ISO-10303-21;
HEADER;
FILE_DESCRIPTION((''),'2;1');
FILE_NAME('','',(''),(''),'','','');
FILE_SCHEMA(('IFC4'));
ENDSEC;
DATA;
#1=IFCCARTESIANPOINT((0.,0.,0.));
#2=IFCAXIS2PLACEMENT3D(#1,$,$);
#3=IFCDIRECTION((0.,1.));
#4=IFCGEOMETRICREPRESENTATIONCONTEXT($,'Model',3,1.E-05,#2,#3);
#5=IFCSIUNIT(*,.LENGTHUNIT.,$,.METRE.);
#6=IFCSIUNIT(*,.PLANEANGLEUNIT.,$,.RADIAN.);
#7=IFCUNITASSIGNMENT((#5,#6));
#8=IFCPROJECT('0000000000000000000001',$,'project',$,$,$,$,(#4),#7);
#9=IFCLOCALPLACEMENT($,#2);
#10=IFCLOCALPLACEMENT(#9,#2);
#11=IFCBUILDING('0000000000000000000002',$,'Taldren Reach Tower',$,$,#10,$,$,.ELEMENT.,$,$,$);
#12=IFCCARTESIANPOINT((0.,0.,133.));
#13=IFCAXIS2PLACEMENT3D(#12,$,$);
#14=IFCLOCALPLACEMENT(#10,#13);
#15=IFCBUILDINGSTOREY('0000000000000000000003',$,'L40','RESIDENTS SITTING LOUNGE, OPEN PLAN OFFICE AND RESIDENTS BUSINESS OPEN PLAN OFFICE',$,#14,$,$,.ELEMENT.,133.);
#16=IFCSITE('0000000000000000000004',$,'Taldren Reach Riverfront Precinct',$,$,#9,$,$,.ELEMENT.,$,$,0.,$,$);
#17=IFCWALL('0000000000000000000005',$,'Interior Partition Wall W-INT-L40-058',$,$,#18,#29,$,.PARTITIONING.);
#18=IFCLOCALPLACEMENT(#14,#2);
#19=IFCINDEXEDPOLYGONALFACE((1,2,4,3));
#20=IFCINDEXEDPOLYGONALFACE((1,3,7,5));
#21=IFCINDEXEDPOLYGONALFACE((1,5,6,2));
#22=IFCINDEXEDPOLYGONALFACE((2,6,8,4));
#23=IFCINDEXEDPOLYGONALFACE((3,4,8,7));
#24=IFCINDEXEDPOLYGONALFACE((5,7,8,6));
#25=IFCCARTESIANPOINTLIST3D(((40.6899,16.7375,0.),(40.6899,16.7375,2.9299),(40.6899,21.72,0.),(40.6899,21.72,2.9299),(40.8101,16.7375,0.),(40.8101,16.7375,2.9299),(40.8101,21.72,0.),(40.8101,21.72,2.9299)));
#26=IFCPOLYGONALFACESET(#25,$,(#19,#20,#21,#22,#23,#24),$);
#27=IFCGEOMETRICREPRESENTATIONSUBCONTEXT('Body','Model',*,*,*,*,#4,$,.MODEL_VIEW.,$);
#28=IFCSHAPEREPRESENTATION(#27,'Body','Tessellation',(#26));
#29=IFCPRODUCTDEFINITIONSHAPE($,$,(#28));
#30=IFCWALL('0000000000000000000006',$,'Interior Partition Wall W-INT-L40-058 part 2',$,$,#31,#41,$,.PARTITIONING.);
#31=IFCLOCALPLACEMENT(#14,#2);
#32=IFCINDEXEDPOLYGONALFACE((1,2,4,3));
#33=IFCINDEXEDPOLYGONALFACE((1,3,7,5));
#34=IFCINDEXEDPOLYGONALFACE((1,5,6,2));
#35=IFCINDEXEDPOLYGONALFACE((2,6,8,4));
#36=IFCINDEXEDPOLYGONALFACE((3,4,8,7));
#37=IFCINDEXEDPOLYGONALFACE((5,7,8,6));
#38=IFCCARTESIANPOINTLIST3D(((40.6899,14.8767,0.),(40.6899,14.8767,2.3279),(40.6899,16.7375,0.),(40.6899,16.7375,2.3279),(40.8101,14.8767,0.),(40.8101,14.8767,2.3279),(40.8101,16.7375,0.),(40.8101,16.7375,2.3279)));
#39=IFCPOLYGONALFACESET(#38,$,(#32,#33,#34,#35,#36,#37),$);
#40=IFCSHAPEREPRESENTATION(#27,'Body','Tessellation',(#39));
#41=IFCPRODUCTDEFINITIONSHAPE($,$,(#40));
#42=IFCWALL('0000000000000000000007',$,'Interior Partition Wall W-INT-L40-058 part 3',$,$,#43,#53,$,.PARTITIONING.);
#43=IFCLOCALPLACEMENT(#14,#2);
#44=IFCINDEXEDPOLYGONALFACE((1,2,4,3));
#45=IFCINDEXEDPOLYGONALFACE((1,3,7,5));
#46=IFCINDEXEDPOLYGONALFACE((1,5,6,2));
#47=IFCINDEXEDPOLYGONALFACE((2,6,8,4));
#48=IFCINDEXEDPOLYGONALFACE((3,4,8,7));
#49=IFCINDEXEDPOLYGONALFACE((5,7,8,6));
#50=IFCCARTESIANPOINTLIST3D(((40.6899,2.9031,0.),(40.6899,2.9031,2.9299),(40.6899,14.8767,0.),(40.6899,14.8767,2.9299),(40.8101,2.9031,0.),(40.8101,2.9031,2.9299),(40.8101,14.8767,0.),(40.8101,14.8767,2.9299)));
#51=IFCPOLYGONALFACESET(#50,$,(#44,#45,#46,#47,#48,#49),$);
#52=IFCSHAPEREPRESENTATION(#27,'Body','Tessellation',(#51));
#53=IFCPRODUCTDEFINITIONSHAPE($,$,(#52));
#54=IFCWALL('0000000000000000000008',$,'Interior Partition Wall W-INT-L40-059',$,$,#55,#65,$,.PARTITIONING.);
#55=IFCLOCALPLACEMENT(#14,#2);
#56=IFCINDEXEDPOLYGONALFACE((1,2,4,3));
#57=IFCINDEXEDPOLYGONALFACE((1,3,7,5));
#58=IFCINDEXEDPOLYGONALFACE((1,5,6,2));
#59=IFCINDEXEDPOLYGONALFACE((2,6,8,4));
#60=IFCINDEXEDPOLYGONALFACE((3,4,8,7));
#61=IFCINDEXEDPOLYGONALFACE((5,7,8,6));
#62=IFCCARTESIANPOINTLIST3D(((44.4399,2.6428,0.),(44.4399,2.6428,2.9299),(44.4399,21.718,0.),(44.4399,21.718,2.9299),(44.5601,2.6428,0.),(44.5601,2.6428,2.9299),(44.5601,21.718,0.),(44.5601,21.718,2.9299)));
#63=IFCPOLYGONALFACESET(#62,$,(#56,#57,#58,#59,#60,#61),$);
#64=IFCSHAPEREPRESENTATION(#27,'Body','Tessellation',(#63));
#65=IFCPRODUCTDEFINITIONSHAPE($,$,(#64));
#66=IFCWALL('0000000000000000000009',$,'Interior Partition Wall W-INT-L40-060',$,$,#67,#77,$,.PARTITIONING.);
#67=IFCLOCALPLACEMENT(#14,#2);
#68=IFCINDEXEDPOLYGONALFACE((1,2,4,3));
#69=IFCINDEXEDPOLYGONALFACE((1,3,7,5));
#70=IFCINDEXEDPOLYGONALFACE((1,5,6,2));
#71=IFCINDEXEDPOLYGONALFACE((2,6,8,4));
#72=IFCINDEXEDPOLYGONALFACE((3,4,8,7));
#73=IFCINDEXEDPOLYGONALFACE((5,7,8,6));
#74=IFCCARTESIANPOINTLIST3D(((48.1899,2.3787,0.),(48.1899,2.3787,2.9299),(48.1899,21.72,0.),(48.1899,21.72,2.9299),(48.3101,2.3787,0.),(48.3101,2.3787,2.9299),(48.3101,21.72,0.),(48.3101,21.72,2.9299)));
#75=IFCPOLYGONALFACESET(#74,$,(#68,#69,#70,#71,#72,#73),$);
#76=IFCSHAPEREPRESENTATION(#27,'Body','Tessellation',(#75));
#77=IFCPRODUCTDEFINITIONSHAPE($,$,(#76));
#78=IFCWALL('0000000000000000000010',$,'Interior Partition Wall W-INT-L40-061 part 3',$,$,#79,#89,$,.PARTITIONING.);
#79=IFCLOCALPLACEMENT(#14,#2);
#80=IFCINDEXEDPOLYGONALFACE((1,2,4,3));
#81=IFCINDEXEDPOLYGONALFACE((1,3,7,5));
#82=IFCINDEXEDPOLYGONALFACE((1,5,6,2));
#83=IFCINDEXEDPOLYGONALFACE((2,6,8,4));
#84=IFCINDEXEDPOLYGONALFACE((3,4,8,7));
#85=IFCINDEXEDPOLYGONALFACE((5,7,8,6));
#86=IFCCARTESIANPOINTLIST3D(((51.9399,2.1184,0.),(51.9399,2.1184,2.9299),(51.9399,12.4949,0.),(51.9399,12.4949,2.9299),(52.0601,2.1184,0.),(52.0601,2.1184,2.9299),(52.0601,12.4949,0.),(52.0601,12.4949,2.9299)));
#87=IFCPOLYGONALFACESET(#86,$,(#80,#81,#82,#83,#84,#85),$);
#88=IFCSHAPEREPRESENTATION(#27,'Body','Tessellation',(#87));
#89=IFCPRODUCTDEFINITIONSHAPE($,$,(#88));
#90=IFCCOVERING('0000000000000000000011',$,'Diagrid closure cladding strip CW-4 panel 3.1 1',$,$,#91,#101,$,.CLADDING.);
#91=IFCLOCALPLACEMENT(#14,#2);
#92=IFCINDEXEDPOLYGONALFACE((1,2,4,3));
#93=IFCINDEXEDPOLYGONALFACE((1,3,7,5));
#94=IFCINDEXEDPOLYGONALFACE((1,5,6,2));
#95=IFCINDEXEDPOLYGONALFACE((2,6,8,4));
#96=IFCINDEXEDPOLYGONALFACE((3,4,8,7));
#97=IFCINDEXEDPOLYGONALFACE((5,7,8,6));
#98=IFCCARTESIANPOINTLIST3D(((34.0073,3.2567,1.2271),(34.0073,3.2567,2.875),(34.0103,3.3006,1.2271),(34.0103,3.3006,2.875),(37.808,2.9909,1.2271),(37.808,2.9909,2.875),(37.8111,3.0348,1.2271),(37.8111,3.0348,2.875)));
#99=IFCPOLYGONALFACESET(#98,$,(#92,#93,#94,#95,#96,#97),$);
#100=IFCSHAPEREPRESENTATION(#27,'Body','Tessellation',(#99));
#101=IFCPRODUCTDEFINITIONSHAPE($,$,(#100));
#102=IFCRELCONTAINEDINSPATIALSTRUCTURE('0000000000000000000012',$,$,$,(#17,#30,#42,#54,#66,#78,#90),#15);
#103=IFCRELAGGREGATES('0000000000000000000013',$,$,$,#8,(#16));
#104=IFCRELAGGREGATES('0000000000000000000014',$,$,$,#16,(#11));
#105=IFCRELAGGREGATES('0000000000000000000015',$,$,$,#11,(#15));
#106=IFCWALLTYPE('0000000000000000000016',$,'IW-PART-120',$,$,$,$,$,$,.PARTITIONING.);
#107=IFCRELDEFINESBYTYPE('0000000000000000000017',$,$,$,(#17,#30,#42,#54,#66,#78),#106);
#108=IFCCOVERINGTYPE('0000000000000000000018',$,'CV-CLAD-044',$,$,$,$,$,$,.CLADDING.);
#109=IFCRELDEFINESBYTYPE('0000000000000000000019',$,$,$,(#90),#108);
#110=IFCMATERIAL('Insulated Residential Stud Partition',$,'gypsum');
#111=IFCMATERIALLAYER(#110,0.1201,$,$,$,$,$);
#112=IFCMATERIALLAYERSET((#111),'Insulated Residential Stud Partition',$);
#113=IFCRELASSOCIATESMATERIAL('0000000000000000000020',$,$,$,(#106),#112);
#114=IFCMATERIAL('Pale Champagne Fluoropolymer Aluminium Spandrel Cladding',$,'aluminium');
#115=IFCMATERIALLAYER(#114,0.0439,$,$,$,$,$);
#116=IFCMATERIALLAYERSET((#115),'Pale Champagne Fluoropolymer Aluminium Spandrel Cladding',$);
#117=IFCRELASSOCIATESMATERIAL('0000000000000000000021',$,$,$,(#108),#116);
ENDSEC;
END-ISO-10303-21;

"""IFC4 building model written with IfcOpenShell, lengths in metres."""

from ifc_helpers import new_model, si_unit, direction, frame, frame_2d, origin, origin_2d, place, context, subcontext, project, spatial, rectangle, extrude, source, transform, mapped, material, layer, layer_set, type_object, element, save


model = new_model("IFC4")

# Units and contexts
model_context = context("Model", 3, precision=1e-05, world=origin(), true_north=direction((0.0, 1.0)))
body_context = subcontext(model_context, "Body", "Model", "MODEL_VIEW")
ifc_project = project(units=[si_unit("LENGTHUNIT", "METRE"), si_unit("PLANEANGLEUNIT", "RADIAN")], contexts=[model_context])

# Site, building, storey
site_placement = place(None, origin())
site = spatial("IfcSite", under=ifc_project, at=site_placement, Name="Taldren Reach Riverfront Precinct", CompositionType="ELEMENT", RefElevation=0.0)
building_placement = place(site_placement, origin())
building = spatial("IfcBuilding", under=site, at=building_placement, Name="Taldren Reach Tower", CompositionType="ELEMENT")
storey_placement = place(building_placement, frame((0.0, 0.0, 133.0)))
storey = spatial("IfcBuildingStorey", under=building, at=storey_placement, Name="L40", Description="RESIDENTS SITTING LOUNGE, OPEN PLAN OFFICE AND RESIDENTS BUSINESS OPEN PLAN OFFICE", CompositionType="ELEMENT", Elevation=133.0)

# Walls
ifc_material_1 = material(Name="Insulated Residential Stud Partition", Category="gypsum")
ifc_layer_1 = layer(ifc_material_1, 0.1201)
ifc_layer_set_1 = layer_set([ifc_layer_1], Name="Insulated Residential Stud Partition")
wall_type_1 = type_object("IfcWallType", Name="IW-PART-120", PredefinedType="PARTITIONING", material=ifc_layer_set_1)
shared_shape_1 = source(origin(), body_context, "Body", "SweptSolid", [
    extrude(rectangle(XDim=4.9824, YDim=0.1201, at=frame_2d((2.4912, 0.0))), origin(), (0.0, 0.0, 1.0), 2.9299),
])
wall_1_placement = place(storey_placement, frame((40.75, 21.72, 0.0), z_axis=(0.0, 0.0, 1.0), x_axis=(0.0, -1.0, 0.0)))
element("IfcWall", 1, at=wall_1_placement, inside=storey, type_object=wall_type_1, Name="Interior Partition Wall W-INT-L40-058", PredefinedType="PARTITIONING", context=body_context, shape_type="MappedRepresentation", body=[
    mapped(shared_shape_1, transform((0.0, 0.0, 0.0), scale=1.0)),
])
shared_shape_2 = source(origin(), body_context, "Body", "SweptSolid", [
    extrude(rectangle(XDim=1.8608, YDim=0.1201, at=frame_2d((0.9304, 0.0))), origin(), (0.0, 0.0, 1.0), 2.3279),
])
wall_2_placement = place(storey_placement, frame((40.75, 16.7375, 0.0), z_axis=(0.0, 0.0, 1.0), x_axis=(0.0, -1.0, 0.0)))
element("IfcWall", 2, at=wall_2_placement, inside=storey, type_object=wall_type_1, Name="Interior Partition Wall W-INT-L40-058 part 2", PredefinedType="PARTITIONING", context=body_context, shape_type="MappedRepresentation", body=[
    mapped(shared_shape_2, transform((0.0, 0.0, 0.0), scale=1.0)),
])
shared_shape_3 = source(origin(), body_context, "Body", "SweptSolid", [
    extrude(rectangle(XDim=11.9736, YDim=0.1201, at=frame_2d((5.9868, 0.0))), origin(), (0.0, 0.0, 1.0), 2.9299),
])
wall_3_placement = place(storey_placement, frame((40.75, 14.8767, 0.0), z_axis=(0.0, 0.0, 1.0), x_axis=(0.0, -1.0, 0.0)))
element("IfcWall", 3, at=wall_3_placement, inside=storey, type_object=wall_type_1, Name="Interior Partition Wall W-INT-L40-058 part 3", PredefinedType="PARTITIONING", context=body_context, shape_type="MappedRepresentation", body=[
    mapped(shared_shape_3, transform((0.0, 0.0, 0.0), scale=1.0)),
])
shared_shape_4 = source(origin(), body_context, "Body", "SweptSolid", [
    extrude(rectangle(XDim=19.0752, YDim=0.1201, at=frame_2d((9.5376, 0.0))), origin(), (0.0, 0.0, 1.0), 2.9299),
])
wall_4_placement = place(storey_placement, frame((44.5, 21.718, 0.0), z_axis=(0.0, 0.0, 1.0), x_axis=(0.0, -1.0, 0.0)))
element("IfcWall", 4, at=wall_4_placement, inside=storey, type_object=wall_type_1, Name="Interior Partition Wall W-INT-L40-059", PredefinedType="PARTITIONING", context=body_context, shape_type="MappedRepresentation", body=[
    mapped(shared_shape_4, transform((0.0, 0.0, 0.0), scale=1.0)),
])
shared_shape_5 = source(origin(), body_context, "Body", "SweptSolid", [
    extrude(rectangle(XDim=19.3413, YDim=0.1201, at=frame_2d((9.6707, 0.0))), origin(), (0.0, 0.0, 1.0), 2.9299),
])
wall_5_placement = place(storey_placement, frame((48.25, 21.72, 0.0), z_axis=(0.0, 0.0, 1.0), x_axis=(0.0, -1.0, 0.0)))
element("IfcWall", 5, at=wall_5_placement, inside=storey, type_object=wall_type_1, Name="Interior Partition Wall W-INT-L40-060", PredefinedType="PARTITIONING", context=body_context, shape_type="MappedRepresentation", body=[
    mapped(shared_shape_5, transform((0.0, 0.0, 0.0), scale=1.0)),
])
shared_shape_6 = source(origin(), body_context, "Body", "SweptSolid", [
    extrude(rectangle(XDim=10.3765, YDim=0.1201, at=frame_2d((5.1882, 0.0))), origin(), (0.0, 0.0, 1.0), 2.9299),
])
wall_6_placement = place(storey_placement, frame((52.0, 12.4949, 0.0), z_axis=(0.0, 0.0, 1.0), x_axis=(0.0, -1.0, 0.0)))
element("IfcWall", 6, at=wall_6_placement, inside=storey, type_object=wall_type_1, Name="Interior Partition Wall W-INT-L40-061 part 3", PredefinedType="PARTITIONING", context=body_context, shape_type="MappedRepresentation", body=[
    mapped(shared_shape_6, transform((0.0, 0.0, 0.0), scale=1.0)),
])

# Covering
ifc_material_2 = material(Name="Pale Champagne Fluoropolymer Aluminium Spandrel Cladding", Category="aluminium")
ifc_layer_2 = layer(ifc_material_2, 0.0439)
ifc_layer_set_2 = layer_set([ifc_layer_2], Name="Pale Champagne Fluoropolymer Aluminium Spandrel Cladding")
covering_type = type_object("IfcCoveringType", Name="CV-CLAD-044", PredefinedType="CLADDING", material=ifc_layer_set_2)
shared_shape_7 = source(origin(), body_context, "Body", "SweptSolid", [
    extrude(rectangle(XDim=3.8101, YDim=0.0439, at=origin_2d()), origin(), (0.0, 0.0, 1.0), 1.6479),
])
covering_placement = place(storey_placement, frame((35.9092, 3.1458, 1.2271), z_axis=(0.0, 0.0, 1.0), x_axis=(0.997564, -0.069757, 0.0)))
element("IfcCovering", 7, at=covering_placement, inside=storey, type_object=covering_type, Name="Diagrid closure cladding strip CW-4 panel 3.1 1", PredefinedType="CLADDING", context=body_context, shape_type="MappedRepresentation", body=[
    mapped(shared_shape_7, transform((0.0, 0.0, 0.0), scale=1.0)),
])

save(model, "model.ifc")
